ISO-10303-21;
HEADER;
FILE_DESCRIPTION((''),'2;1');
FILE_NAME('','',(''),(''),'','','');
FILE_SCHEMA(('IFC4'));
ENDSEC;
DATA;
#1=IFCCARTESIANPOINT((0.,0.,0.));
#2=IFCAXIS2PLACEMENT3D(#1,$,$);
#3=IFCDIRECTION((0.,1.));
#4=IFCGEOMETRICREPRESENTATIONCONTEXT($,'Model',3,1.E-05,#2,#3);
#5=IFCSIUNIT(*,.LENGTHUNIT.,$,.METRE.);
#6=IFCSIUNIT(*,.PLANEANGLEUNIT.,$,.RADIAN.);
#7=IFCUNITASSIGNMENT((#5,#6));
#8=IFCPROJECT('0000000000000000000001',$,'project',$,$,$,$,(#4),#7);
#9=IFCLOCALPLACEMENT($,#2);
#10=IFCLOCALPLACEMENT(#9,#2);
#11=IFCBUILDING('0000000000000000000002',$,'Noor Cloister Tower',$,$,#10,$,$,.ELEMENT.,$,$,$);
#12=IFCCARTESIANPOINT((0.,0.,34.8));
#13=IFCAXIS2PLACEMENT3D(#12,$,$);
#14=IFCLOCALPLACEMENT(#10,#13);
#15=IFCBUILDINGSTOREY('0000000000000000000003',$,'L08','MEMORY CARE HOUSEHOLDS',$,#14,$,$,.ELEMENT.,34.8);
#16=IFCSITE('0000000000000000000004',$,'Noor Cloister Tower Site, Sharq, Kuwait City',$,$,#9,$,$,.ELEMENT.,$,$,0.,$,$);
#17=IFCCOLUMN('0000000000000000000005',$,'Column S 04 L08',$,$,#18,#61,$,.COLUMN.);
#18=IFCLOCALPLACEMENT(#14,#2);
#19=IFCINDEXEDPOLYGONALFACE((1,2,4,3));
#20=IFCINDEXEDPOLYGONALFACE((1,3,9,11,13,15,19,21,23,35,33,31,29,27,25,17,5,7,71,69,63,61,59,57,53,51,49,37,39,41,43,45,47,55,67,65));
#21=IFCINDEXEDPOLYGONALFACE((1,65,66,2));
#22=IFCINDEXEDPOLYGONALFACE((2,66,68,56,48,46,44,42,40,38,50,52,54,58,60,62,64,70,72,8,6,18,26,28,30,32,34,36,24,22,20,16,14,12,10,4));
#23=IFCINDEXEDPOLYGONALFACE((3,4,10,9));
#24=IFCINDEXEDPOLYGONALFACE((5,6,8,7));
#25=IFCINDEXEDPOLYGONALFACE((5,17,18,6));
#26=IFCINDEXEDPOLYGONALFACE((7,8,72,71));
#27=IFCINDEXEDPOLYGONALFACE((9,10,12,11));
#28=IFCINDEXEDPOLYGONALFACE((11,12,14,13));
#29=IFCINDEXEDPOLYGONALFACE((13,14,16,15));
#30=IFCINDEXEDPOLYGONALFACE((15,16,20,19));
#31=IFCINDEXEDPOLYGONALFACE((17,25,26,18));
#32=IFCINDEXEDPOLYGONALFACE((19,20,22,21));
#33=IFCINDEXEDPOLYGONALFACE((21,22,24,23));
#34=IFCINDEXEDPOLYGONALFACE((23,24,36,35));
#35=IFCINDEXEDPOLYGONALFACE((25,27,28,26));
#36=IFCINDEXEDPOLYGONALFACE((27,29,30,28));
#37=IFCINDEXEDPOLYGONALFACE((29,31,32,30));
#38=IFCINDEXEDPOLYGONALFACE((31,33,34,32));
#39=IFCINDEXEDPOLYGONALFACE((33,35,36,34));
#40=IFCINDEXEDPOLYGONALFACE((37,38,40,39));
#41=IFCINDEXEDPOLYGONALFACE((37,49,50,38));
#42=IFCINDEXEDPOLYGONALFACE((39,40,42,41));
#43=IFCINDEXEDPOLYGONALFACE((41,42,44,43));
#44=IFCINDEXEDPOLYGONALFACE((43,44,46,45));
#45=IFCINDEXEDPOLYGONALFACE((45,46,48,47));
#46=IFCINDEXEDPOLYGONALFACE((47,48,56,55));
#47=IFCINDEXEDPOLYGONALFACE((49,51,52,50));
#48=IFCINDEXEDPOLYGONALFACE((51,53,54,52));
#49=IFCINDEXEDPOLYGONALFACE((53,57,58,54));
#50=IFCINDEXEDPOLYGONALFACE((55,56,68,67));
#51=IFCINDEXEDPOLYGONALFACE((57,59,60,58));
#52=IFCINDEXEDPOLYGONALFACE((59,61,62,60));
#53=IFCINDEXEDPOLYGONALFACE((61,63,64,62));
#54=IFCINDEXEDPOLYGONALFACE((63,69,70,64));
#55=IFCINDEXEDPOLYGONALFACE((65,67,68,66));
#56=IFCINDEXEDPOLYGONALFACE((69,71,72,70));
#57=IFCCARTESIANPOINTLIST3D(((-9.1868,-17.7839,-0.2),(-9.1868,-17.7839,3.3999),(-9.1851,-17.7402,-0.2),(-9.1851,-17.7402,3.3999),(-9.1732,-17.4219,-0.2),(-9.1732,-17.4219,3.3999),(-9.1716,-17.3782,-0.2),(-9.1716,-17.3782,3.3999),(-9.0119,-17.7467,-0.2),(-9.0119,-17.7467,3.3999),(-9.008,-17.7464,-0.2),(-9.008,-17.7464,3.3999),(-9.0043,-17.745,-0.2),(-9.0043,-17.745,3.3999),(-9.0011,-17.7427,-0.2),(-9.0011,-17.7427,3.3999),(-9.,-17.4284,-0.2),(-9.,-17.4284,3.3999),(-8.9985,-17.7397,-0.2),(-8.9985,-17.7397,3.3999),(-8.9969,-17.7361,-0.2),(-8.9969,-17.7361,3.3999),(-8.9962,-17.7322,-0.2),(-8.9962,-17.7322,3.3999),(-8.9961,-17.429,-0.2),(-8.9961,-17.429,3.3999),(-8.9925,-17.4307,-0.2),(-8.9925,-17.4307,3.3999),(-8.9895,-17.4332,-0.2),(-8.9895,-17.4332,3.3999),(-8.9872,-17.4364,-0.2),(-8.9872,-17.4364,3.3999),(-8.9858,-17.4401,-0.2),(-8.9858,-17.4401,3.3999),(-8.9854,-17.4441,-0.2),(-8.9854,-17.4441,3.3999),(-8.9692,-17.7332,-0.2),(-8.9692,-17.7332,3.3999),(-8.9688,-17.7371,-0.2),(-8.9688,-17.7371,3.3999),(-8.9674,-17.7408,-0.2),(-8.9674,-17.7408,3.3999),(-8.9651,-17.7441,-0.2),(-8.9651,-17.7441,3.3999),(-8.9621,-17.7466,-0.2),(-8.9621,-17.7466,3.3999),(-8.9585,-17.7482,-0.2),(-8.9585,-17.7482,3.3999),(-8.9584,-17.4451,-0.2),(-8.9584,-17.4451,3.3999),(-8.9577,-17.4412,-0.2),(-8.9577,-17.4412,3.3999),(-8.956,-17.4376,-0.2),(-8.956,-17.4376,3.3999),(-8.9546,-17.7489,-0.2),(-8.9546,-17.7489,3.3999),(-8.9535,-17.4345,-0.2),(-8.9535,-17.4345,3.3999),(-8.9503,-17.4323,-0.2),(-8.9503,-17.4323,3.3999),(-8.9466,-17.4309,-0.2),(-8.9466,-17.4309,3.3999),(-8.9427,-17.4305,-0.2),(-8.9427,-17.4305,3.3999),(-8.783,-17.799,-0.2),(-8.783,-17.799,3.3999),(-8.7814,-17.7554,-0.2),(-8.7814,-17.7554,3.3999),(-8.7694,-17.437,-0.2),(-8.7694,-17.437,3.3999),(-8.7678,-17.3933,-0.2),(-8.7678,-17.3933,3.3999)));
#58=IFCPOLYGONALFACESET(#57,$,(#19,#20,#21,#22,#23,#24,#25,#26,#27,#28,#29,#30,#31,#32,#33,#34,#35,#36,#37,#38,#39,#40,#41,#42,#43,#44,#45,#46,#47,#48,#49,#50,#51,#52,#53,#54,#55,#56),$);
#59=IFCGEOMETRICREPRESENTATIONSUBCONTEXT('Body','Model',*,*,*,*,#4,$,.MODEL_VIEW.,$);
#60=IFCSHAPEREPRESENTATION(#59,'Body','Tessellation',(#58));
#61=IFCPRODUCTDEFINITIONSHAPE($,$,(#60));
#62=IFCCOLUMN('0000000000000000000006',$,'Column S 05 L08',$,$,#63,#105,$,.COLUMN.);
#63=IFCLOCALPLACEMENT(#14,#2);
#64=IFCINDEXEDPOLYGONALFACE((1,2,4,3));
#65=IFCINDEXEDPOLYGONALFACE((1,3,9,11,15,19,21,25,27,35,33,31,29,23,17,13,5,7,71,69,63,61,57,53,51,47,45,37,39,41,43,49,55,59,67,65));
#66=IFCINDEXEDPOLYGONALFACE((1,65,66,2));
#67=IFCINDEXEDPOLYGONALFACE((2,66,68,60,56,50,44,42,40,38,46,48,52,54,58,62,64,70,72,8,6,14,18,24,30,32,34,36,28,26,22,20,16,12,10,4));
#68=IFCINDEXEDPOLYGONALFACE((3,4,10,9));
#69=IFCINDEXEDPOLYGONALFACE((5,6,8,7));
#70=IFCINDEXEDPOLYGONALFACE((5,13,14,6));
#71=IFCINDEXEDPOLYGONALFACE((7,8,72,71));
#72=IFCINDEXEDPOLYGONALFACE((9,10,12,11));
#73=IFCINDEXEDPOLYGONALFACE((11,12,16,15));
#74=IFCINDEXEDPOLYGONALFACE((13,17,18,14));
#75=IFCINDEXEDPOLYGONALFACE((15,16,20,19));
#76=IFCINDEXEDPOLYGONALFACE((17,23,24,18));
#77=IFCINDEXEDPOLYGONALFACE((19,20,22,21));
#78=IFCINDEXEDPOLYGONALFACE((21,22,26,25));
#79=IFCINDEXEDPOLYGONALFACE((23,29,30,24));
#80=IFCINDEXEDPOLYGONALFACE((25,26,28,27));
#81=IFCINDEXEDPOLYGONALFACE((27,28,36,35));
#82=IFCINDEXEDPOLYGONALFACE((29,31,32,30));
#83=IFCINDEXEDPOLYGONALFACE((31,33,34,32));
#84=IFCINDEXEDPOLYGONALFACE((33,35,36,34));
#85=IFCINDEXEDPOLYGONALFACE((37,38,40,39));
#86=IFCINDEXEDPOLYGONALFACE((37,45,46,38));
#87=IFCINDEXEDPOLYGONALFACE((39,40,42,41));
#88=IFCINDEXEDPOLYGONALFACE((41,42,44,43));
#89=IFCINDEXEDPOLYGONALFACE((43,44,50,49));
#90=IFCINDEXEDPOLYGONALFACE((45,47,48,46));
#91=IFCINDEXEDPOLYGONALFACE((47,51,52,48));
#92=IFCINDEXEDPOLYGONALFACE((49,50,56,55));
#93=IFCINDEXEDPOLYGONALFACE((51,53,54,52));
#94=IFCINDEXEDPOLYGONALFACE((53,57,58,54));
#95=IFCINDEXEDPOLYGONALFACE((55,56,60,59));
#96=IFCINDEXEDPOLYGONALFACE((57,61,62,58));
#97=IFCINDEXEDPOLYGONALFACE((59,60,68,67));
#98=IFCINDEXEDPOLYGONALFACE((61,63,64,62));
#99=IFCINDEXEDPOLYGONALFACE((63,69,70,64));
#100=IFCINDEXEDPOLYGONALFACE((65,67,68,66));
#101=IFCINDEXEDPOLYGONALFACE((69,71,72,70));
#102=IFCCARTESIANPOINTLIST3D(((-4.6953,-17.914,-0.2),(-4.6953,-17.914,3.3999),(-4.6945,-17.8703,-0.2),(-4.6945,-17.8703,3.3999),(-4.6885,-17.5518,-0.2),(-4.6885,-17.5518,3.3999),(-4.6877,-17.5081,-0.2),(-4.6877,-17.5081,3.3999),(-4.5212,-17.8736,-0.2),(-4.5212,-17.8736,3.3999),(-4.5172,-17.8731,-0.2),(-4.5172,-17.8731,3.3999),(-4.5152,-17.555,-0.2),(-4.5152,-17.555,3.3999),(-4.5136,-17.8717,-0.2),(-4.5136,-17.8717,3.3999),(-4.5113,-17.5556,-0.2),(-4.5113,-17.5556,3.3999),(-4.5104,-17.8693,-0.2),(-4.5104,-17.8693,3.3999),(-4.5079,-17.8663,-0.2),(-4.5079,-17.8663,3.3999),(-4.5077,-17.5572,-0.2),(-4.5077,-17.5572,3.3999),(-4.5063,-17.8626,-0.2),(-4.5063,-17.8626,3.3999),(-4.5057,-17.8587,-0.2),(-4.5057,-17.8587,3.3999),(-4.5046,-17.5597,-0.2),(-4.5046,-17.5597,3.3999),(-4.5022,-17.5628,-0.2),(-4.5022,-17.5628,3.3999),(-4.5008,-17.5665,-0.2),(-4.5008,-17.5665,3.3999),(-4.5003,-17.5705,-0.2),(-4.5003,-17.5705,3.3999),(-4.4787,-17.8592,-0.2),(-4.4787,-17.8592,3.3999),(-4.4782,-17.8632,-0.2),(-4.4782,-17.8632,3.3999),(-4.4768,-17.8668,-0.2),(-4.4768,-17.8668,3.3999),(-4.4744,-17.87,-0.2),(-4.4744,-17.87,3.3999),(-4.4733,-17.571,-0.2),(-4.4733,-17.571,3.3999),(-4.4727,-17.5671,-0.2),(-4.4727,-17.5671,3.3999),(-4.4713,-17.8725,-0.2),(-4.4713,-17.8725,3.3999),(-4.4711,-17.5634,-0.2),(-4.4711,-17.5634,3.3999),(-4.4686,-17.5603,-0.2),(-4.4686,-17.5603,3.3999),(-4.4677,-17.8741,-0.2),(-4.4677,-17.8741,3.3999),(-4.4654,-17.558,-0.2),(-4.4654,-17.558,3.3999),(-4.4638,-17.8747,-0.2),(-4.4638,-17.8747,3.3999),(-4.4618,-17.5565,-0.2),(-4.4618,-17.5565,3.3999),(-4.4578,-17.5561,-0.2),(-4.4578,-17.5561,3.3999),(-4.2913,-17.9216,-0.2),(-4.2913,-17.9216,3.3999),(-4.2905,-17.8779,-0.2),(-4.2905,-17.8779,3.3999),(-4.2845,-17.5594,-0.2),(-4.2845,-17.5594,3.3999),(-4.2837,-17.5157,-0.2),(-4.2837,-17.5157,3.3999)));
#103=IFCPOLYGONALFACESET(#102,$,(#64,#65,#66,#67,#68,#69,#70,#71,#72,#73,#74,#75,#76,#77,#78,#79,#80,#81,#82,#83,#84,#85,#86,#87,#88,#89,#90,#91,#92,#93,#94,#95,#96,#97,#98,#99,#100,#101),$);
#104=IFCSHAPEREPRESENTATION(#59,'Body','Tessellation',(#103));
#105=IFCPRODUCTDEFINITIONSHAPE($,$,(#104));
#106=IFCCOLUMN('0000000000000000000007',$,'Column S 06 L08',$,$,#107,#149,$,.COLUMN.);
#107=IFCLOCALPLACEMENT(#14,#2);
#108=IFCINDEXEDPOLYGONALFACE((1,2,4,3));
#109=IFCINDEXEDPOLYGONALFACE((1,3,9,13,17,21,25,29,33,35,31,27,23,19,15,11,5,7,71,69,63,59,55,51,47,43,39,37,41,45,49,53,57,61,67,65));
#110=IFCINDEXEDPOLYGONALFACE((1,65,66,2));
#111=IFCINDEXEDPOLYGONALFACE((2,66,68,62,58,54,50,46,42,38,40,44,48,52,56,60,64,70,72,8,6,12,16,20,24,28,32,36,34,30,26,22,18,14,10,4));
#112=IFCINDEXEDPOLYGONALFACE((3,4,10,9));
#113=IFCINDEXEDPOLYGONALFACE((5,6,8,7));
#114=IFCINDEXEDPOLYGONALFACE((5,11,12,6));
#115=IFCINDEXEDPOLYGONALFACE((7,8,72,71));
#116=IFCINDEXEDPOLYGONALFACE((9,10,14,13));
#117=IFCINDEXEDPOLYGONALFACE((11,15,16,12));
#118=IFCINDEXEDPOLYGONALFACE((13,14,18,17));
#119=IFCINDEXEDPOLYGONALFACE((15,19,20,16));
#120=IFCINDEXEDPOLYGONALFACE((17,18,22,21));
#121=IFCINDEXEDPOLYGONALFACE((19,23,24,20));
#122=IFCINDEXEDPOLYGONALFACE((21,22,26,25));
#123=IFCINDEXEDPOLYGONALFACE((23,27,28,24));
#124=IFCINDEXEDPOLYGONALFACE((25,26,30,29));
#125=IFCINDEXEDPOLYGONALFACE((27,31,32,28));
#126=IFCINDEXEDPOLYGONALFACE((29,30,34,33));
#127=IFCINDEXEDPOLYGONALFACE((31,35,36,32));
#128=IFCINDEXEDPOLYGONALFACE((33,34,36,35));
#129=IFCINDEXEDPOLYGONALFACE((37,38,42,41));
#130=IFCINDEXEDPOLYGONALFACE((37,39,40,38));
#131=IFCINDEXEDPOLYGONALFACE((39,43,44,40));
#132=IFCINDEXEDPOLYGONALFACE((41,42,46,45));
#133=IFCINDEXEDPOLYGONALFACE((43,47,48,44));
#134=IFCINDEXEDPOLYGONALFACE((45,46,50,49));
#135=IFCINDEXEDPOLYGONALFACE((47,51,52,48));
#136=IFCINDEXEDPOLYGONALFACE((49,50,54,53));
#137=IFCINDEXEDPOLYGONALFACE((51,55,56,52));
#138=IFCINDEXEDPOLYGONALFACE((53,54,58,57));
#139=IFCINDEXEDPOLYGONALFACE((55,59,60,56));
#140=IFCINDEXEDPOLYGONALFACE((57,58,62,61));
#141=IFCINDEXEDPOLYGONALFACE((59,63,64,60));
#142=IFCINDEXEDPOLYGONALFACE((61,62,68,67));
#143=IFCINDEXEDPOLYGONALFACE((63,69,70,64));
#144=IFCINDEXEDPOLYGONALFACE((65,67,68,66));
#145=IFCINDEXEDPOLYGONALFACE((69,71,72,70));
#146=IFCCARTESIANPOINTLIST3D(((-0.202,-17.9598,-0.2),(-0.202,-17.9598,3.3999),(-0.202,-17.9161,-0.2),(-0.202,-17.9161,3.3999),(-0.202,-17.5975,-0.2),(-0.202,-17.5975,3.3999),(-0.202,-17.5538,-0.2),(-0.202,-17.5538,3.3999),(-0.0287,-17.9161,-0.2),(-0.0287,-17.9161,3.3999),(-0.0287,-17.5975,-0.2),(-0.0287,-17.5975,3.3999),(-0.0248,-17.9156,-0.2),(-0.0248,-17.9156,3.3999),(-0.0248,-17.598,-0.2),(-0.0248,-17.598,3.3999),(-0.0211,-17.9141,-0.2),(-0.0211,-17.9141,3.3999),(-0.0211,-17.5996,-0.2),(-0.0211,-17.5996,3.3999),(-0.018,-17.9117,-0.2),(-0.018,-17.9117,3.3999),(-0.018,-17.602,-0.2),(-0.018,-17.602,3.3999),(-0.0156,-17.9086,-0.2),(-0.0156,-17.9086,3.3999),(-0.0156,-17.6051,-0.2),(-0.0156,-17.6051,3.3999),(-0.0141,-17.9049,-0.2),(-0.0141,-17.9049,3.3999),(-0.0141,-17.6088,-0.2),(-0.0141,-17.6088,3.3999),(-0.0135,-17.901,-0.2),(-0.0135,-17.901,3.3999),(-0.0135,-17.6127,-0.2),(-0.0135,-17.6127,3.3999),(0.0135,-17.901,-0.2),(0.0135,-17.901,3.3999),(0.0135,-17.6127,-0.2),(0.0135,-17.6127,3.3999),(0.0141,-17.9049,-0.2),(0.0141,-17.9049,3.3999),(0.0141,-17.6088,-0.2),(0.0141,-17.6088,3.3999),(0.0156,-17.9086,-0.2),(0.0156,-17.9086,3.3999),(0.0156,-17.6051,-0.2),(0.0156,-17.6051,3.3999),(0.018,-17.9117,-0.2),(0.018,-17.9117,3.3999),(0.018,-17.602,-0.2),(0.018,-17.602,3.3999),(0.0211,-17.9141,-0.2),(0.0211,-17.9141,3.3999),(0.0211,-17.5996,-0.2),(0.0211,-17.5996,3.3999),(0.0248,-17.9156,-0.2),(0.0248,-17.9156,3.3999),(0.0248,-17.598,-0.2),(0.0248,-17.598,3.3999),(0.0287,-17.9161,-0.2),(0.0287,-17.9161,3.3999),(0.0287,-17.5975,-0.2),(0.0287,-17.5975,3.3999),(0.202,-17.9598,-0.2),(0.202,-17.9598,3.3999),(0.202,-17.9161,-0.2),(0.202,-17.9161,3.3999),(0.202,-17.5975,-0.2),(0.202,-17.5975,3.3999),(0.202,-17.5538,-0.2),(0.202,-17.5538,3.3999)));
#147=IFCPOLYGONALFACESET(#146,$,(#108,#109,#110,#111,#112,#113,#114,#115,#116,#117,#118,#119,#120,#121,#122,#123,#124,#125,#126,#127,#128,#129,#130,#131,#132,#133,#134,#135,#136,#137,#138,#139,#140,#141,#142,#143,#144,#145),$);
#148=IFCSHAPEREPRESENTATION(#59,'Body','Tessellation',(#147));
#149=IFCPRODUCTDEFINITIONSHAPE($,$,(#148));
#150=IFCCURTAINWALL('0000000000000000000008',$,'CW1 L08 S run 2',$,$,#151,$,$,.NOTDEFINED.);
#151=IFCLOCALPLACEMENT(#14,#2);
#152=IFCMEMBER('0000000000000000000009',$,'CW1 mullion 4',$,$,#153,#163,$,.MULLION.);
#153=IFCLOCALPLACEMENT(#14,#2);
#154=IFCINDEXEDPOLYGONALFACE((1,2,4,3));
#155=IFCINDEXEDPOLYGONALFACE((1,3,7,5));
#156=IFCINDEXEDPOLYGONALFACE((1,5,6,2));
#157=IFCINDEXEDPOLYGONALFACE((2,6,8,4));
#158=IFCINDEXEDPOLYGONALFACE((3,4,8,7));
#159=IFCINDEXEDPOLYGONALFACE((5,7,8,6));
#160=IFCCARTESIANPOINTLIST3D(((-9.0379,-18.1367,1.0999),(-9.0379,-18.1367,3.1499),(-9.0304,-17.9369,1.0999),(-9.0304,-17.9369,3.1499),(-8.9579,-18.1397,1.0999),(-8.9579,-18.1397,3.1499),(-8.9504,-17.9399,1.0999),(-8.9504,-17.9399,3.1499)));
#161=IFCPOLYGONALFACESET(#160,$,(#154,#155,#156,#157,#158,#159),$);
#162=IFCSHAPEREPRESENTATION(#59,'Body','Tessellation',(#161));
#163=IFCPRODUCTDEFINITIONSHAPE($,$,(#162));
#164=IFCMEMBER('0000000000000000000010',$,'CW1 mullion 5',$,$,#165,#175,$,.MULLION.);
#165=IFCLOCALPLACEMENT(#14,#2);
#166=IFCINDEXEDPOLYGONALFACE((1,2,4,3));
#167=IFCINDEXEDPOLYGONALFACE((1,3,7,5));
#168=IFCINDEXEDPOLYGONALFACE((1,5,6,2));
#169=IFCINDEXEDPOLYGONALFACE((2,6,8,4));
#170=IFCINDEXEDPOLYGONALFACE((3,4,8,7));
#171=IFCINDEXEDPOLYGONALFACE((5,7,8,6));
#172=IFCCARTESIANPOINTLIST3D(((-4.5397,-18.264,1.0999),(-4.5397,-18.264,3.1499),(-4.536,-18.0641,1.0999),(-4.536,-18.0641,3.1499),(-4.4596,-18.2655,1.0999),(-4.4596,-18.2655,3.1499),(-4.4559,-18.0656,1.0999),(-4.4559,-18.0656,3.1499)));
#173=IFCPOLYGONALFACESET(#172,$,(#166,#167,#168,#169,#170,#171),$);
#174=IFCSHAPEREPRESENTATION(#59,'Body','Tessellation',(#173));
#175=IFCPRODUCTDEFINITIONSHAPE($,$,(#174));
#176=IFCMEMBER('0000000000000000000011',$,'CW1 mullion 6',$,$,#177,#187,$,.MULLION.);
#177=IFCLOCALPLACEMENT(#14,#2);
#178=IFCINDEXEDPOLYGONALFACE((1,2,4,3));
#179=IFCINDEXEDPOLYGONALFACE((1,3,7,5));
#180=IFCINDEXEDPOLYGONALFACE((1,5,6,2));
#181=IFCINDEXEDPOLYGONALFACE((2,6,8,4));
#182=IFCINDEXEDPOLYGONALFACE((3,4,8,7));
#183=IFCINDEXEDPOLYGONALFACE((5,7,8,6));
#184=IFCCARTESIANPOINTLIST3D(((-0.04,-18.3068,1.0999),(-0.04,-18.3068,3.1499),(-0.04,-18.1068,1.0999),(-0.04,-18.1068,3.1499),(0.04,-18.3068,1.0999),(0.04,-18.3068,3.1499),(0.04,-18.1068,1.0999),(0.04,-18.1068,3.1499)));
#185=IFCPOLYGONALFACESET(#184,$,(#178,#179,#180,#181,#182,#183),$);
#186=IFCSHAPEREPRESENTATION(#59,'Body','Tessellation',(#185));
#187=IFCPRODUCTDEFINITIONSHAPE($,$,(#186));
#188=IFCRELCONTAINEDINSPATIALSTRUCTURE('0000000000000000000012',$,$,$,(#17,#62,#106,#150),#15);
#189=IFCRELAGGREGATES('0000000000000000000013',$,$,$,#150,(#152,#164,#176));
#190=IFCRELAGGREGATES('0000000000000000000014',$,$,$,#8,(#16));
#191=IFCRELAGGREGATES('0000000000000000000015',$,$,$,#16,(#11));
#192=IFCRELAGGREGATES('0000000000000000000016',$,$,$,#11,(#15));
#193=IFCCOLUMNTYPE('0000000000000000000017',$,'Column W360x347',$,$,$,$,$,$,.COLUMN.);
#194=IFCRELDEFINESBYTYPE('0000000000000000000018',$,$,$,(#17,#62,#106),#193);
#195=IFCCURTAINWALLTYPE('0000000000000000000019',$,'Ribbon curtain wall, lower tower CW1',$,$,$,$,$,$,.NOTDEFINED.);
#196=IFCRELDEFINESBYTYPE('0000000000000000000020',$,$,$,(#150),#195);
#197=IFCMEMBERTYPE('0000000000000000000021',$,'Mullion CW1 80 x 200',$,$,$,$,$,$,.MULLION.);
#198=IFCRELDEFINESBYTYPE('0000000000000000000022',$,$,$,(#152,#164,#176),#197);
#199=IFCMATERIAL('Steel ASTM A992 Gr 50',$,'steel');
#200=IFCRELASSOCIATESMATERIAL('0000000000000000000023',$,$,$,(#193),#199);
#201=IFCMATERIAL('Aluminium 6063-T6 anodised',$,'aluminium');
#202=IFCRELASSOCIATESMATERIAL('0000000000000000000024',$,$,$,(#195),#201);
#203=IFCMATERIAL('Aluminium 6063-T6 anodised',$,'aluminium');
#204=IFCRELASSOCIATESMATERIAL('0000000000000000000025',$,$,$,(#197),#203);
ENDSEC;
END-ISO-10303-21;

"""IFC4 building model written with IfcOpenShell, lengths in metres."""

from ifc_helpers import new_model, si_unit, direction, frame, origin, origin_2d, place, context, subcontext, project, spatial, rectangle, i_section, extrude, material, material_profile, profile_set, type_object, element, aggregate, save


model = new_model("IFC4")

# Units and contexts
model_context = context("Model", 3, precision=1e-05, world=origin(), true_north=direction((0.0, 1.0)))
body_context = subcontext(model_context, "Body", "Model", "MODEL_VIEW")
ifc_project = project(units=[si_unit("LENGTHUNIT", "METRE"), si_unit("PLANEANGLEUNIT", "RADIAN")], contexts=[model_context])

# Site, building, storey
site_placement = place(None, origin())
site = spatial("IfcSite", under=ifc_project, at=site_placement, Name="Noor Cloister Tower Site, Sharq, Kuwait City", CompositionType="ELEMENT", RefElevation=0.0)
building_placement = place(site_placement, origin())
building = spatial("IfcBuilding", under=site, at=building_placement, Name="Noor Cloister Tower", CompositionType="ELEMENT")
storey_placement = place(building_placement, frame((0.0, 0.0, 34.8)))
storey = spatial("IfcBuildingStorey", under=building, at=storey_placement, Name="L08", Description="MEMORY CARE HOUSEHOLDS", CompositionType="ELEMENT", Elevation=34.8)

# Columns
ifc_material_1 = material(Name="Steel ASTM A992 Gr 50", Category="steel")
ifc_material_profile_1 = material_profile(ifc_material_1, i_section(OverallWidth=0.4041, OverallDepth=0.406, WebThickness=0.0271, FlangeThickness=0.0437, FilletRadius=0.0151, at=origin_2d()), Name="W360x347")
ifc_profile_set_1 = profile_set([ifc_material_profile_1], Name="Steel ASTM A992 Gr 50")
column_type = type_object("IfcColumnType", Name="Column W360x347", PredefinedType="COLUMN", material=ifc_profile_set_1)
for number, where, z_axis, x_axis, name in (
    (1, (-8.9773, -17.5886, -0.2), (0.0, 0.0, 1.0), (0.999299, -0.037446, 0.0), "Column S 04 L08"),
    (2, (-4.4895, -17.7148, -0.2), (0.0, 0.0, 1.0), (0.999825, -0.018726, 0.0), "Column S 05 L08"),
    (3, (0.0, -17.7568, -0.2), (0.0, 0.0, 1.0), (1.0, 0.0, 0.0), "Column S 06 L08"),
):
    element("IfcColumn", number, at=place(storey_placement, frame(where, z_axis=z_axis, x_axis=x_axis)), inside=storey, type_object=column_type, Name=name, PredefinedType="COLUMN", context=body_context, shape_type="SweptSolid", body=[
        extrude(i_section(OverallWidth=0.4041, OverallDepth=0.406, WebThickness=0.0271, FlangeThickness=0.0437, FilletRadius=0.0151, at=origin_2d()), origin(), (0.0, 0.0, 1.0), 3.5999),
    ])

# Curtain wall, members
ifc_material_2 = material(Name="Aluminium 6063-T6 anodised", Category="aluminium")
curtain_wall_type = type_object("IfcCurtainWallType", Name="Ribbon curtain wall, lower tower CW1", PredefinedType="NOTDEFINED", material=ifc_material_2)
curtain_wall_placement = place(storey_placement, origin())
curtain_wall = element("IfcCurtainWall", 4, at=curtain_wall_placement, inside=storey, type_object=curtain_wall_type, Name="CW1 L08 S run 2", PredefinedType="NOTDEFINED")
ifc_material_3 = material(Name="Aluminium 6063-T6 anodised", Category="aluminium")
ifc_material_profile_2 = material_profile(ifc_material_3, rectangle(XDim=0.2, YDim=0.0801, at=origin_2d()), Name="200 x 80 mullion")
ifc_profile_set_2 = profile_set([ifc_material_profile_2], Name="Aluminium 6063-T6 anodised")
member_type = type_object("IfcMemberType", Name="Mullion CW1 80 x 200", PredefinedType="MULLION", material=ifc_profile_set_2)
member_1_placement = place(storey_placement, frame((-8.9941, -18.0383, 1.0999), z_axis=(0.0, 0.0, 1.0), x_axis=(0.037446, 0.999299, 0.0)))
member_1 = element("IfcMember", 5, at=member_1_placement, type_object=member_type, Name="CW1 mullion 4", PredefinedType="MULLION", context=body_context, shape_type="SweptSolid", body=[
    extrude(rectangle(XDim=0.2, YDim=0.0801, at=origin_2d()), origin(), (0.0, 0.0, 1.0), 2.05),
])
member_2_placement = place(storey_placement, frame((-4.4978, -18.1648, 1.0999), z_axis=(0.0, 0.0, 1.0), x_axis=(0.018726, 0.999825, 0.0)))
member_2 = element("IfcMember", 6, at=member_2_placement, type_object=member_type, Name="CW1 mullion 5", PredefinedType="MULLION", context=body_context, shape_type="SweptSolid", body=[
    extrude(rectangle(XDim=0.2, YDim=0.0801, at=origin_2d()), origin(), (0.0, 0.0, 1.0), 2.05),
])
member_3_placement = place(storey_placement, frame((0.0, -18.2068, 1.0999), z_axis=(0.0, 0.0, 1.0), x_axis=(0.0, 1.0, 0.0)))
member_3 = element("IfcMember", 7, at=member_3_placement, type_object=member_type, Name="CW1 mullion 6", PredefinedType="MULLION", context=body_context, shape_type="SweptSolid", body=[
    extrude(rectangle(XDim=0.2, YDim=0.0801, at=origin_2d()), origin(), (0.0, 0.0, 1.0), 2.05),
])

aggregate(curtain_wall, [member_1, member_2, member_3])

save(model, "model.ifc")
